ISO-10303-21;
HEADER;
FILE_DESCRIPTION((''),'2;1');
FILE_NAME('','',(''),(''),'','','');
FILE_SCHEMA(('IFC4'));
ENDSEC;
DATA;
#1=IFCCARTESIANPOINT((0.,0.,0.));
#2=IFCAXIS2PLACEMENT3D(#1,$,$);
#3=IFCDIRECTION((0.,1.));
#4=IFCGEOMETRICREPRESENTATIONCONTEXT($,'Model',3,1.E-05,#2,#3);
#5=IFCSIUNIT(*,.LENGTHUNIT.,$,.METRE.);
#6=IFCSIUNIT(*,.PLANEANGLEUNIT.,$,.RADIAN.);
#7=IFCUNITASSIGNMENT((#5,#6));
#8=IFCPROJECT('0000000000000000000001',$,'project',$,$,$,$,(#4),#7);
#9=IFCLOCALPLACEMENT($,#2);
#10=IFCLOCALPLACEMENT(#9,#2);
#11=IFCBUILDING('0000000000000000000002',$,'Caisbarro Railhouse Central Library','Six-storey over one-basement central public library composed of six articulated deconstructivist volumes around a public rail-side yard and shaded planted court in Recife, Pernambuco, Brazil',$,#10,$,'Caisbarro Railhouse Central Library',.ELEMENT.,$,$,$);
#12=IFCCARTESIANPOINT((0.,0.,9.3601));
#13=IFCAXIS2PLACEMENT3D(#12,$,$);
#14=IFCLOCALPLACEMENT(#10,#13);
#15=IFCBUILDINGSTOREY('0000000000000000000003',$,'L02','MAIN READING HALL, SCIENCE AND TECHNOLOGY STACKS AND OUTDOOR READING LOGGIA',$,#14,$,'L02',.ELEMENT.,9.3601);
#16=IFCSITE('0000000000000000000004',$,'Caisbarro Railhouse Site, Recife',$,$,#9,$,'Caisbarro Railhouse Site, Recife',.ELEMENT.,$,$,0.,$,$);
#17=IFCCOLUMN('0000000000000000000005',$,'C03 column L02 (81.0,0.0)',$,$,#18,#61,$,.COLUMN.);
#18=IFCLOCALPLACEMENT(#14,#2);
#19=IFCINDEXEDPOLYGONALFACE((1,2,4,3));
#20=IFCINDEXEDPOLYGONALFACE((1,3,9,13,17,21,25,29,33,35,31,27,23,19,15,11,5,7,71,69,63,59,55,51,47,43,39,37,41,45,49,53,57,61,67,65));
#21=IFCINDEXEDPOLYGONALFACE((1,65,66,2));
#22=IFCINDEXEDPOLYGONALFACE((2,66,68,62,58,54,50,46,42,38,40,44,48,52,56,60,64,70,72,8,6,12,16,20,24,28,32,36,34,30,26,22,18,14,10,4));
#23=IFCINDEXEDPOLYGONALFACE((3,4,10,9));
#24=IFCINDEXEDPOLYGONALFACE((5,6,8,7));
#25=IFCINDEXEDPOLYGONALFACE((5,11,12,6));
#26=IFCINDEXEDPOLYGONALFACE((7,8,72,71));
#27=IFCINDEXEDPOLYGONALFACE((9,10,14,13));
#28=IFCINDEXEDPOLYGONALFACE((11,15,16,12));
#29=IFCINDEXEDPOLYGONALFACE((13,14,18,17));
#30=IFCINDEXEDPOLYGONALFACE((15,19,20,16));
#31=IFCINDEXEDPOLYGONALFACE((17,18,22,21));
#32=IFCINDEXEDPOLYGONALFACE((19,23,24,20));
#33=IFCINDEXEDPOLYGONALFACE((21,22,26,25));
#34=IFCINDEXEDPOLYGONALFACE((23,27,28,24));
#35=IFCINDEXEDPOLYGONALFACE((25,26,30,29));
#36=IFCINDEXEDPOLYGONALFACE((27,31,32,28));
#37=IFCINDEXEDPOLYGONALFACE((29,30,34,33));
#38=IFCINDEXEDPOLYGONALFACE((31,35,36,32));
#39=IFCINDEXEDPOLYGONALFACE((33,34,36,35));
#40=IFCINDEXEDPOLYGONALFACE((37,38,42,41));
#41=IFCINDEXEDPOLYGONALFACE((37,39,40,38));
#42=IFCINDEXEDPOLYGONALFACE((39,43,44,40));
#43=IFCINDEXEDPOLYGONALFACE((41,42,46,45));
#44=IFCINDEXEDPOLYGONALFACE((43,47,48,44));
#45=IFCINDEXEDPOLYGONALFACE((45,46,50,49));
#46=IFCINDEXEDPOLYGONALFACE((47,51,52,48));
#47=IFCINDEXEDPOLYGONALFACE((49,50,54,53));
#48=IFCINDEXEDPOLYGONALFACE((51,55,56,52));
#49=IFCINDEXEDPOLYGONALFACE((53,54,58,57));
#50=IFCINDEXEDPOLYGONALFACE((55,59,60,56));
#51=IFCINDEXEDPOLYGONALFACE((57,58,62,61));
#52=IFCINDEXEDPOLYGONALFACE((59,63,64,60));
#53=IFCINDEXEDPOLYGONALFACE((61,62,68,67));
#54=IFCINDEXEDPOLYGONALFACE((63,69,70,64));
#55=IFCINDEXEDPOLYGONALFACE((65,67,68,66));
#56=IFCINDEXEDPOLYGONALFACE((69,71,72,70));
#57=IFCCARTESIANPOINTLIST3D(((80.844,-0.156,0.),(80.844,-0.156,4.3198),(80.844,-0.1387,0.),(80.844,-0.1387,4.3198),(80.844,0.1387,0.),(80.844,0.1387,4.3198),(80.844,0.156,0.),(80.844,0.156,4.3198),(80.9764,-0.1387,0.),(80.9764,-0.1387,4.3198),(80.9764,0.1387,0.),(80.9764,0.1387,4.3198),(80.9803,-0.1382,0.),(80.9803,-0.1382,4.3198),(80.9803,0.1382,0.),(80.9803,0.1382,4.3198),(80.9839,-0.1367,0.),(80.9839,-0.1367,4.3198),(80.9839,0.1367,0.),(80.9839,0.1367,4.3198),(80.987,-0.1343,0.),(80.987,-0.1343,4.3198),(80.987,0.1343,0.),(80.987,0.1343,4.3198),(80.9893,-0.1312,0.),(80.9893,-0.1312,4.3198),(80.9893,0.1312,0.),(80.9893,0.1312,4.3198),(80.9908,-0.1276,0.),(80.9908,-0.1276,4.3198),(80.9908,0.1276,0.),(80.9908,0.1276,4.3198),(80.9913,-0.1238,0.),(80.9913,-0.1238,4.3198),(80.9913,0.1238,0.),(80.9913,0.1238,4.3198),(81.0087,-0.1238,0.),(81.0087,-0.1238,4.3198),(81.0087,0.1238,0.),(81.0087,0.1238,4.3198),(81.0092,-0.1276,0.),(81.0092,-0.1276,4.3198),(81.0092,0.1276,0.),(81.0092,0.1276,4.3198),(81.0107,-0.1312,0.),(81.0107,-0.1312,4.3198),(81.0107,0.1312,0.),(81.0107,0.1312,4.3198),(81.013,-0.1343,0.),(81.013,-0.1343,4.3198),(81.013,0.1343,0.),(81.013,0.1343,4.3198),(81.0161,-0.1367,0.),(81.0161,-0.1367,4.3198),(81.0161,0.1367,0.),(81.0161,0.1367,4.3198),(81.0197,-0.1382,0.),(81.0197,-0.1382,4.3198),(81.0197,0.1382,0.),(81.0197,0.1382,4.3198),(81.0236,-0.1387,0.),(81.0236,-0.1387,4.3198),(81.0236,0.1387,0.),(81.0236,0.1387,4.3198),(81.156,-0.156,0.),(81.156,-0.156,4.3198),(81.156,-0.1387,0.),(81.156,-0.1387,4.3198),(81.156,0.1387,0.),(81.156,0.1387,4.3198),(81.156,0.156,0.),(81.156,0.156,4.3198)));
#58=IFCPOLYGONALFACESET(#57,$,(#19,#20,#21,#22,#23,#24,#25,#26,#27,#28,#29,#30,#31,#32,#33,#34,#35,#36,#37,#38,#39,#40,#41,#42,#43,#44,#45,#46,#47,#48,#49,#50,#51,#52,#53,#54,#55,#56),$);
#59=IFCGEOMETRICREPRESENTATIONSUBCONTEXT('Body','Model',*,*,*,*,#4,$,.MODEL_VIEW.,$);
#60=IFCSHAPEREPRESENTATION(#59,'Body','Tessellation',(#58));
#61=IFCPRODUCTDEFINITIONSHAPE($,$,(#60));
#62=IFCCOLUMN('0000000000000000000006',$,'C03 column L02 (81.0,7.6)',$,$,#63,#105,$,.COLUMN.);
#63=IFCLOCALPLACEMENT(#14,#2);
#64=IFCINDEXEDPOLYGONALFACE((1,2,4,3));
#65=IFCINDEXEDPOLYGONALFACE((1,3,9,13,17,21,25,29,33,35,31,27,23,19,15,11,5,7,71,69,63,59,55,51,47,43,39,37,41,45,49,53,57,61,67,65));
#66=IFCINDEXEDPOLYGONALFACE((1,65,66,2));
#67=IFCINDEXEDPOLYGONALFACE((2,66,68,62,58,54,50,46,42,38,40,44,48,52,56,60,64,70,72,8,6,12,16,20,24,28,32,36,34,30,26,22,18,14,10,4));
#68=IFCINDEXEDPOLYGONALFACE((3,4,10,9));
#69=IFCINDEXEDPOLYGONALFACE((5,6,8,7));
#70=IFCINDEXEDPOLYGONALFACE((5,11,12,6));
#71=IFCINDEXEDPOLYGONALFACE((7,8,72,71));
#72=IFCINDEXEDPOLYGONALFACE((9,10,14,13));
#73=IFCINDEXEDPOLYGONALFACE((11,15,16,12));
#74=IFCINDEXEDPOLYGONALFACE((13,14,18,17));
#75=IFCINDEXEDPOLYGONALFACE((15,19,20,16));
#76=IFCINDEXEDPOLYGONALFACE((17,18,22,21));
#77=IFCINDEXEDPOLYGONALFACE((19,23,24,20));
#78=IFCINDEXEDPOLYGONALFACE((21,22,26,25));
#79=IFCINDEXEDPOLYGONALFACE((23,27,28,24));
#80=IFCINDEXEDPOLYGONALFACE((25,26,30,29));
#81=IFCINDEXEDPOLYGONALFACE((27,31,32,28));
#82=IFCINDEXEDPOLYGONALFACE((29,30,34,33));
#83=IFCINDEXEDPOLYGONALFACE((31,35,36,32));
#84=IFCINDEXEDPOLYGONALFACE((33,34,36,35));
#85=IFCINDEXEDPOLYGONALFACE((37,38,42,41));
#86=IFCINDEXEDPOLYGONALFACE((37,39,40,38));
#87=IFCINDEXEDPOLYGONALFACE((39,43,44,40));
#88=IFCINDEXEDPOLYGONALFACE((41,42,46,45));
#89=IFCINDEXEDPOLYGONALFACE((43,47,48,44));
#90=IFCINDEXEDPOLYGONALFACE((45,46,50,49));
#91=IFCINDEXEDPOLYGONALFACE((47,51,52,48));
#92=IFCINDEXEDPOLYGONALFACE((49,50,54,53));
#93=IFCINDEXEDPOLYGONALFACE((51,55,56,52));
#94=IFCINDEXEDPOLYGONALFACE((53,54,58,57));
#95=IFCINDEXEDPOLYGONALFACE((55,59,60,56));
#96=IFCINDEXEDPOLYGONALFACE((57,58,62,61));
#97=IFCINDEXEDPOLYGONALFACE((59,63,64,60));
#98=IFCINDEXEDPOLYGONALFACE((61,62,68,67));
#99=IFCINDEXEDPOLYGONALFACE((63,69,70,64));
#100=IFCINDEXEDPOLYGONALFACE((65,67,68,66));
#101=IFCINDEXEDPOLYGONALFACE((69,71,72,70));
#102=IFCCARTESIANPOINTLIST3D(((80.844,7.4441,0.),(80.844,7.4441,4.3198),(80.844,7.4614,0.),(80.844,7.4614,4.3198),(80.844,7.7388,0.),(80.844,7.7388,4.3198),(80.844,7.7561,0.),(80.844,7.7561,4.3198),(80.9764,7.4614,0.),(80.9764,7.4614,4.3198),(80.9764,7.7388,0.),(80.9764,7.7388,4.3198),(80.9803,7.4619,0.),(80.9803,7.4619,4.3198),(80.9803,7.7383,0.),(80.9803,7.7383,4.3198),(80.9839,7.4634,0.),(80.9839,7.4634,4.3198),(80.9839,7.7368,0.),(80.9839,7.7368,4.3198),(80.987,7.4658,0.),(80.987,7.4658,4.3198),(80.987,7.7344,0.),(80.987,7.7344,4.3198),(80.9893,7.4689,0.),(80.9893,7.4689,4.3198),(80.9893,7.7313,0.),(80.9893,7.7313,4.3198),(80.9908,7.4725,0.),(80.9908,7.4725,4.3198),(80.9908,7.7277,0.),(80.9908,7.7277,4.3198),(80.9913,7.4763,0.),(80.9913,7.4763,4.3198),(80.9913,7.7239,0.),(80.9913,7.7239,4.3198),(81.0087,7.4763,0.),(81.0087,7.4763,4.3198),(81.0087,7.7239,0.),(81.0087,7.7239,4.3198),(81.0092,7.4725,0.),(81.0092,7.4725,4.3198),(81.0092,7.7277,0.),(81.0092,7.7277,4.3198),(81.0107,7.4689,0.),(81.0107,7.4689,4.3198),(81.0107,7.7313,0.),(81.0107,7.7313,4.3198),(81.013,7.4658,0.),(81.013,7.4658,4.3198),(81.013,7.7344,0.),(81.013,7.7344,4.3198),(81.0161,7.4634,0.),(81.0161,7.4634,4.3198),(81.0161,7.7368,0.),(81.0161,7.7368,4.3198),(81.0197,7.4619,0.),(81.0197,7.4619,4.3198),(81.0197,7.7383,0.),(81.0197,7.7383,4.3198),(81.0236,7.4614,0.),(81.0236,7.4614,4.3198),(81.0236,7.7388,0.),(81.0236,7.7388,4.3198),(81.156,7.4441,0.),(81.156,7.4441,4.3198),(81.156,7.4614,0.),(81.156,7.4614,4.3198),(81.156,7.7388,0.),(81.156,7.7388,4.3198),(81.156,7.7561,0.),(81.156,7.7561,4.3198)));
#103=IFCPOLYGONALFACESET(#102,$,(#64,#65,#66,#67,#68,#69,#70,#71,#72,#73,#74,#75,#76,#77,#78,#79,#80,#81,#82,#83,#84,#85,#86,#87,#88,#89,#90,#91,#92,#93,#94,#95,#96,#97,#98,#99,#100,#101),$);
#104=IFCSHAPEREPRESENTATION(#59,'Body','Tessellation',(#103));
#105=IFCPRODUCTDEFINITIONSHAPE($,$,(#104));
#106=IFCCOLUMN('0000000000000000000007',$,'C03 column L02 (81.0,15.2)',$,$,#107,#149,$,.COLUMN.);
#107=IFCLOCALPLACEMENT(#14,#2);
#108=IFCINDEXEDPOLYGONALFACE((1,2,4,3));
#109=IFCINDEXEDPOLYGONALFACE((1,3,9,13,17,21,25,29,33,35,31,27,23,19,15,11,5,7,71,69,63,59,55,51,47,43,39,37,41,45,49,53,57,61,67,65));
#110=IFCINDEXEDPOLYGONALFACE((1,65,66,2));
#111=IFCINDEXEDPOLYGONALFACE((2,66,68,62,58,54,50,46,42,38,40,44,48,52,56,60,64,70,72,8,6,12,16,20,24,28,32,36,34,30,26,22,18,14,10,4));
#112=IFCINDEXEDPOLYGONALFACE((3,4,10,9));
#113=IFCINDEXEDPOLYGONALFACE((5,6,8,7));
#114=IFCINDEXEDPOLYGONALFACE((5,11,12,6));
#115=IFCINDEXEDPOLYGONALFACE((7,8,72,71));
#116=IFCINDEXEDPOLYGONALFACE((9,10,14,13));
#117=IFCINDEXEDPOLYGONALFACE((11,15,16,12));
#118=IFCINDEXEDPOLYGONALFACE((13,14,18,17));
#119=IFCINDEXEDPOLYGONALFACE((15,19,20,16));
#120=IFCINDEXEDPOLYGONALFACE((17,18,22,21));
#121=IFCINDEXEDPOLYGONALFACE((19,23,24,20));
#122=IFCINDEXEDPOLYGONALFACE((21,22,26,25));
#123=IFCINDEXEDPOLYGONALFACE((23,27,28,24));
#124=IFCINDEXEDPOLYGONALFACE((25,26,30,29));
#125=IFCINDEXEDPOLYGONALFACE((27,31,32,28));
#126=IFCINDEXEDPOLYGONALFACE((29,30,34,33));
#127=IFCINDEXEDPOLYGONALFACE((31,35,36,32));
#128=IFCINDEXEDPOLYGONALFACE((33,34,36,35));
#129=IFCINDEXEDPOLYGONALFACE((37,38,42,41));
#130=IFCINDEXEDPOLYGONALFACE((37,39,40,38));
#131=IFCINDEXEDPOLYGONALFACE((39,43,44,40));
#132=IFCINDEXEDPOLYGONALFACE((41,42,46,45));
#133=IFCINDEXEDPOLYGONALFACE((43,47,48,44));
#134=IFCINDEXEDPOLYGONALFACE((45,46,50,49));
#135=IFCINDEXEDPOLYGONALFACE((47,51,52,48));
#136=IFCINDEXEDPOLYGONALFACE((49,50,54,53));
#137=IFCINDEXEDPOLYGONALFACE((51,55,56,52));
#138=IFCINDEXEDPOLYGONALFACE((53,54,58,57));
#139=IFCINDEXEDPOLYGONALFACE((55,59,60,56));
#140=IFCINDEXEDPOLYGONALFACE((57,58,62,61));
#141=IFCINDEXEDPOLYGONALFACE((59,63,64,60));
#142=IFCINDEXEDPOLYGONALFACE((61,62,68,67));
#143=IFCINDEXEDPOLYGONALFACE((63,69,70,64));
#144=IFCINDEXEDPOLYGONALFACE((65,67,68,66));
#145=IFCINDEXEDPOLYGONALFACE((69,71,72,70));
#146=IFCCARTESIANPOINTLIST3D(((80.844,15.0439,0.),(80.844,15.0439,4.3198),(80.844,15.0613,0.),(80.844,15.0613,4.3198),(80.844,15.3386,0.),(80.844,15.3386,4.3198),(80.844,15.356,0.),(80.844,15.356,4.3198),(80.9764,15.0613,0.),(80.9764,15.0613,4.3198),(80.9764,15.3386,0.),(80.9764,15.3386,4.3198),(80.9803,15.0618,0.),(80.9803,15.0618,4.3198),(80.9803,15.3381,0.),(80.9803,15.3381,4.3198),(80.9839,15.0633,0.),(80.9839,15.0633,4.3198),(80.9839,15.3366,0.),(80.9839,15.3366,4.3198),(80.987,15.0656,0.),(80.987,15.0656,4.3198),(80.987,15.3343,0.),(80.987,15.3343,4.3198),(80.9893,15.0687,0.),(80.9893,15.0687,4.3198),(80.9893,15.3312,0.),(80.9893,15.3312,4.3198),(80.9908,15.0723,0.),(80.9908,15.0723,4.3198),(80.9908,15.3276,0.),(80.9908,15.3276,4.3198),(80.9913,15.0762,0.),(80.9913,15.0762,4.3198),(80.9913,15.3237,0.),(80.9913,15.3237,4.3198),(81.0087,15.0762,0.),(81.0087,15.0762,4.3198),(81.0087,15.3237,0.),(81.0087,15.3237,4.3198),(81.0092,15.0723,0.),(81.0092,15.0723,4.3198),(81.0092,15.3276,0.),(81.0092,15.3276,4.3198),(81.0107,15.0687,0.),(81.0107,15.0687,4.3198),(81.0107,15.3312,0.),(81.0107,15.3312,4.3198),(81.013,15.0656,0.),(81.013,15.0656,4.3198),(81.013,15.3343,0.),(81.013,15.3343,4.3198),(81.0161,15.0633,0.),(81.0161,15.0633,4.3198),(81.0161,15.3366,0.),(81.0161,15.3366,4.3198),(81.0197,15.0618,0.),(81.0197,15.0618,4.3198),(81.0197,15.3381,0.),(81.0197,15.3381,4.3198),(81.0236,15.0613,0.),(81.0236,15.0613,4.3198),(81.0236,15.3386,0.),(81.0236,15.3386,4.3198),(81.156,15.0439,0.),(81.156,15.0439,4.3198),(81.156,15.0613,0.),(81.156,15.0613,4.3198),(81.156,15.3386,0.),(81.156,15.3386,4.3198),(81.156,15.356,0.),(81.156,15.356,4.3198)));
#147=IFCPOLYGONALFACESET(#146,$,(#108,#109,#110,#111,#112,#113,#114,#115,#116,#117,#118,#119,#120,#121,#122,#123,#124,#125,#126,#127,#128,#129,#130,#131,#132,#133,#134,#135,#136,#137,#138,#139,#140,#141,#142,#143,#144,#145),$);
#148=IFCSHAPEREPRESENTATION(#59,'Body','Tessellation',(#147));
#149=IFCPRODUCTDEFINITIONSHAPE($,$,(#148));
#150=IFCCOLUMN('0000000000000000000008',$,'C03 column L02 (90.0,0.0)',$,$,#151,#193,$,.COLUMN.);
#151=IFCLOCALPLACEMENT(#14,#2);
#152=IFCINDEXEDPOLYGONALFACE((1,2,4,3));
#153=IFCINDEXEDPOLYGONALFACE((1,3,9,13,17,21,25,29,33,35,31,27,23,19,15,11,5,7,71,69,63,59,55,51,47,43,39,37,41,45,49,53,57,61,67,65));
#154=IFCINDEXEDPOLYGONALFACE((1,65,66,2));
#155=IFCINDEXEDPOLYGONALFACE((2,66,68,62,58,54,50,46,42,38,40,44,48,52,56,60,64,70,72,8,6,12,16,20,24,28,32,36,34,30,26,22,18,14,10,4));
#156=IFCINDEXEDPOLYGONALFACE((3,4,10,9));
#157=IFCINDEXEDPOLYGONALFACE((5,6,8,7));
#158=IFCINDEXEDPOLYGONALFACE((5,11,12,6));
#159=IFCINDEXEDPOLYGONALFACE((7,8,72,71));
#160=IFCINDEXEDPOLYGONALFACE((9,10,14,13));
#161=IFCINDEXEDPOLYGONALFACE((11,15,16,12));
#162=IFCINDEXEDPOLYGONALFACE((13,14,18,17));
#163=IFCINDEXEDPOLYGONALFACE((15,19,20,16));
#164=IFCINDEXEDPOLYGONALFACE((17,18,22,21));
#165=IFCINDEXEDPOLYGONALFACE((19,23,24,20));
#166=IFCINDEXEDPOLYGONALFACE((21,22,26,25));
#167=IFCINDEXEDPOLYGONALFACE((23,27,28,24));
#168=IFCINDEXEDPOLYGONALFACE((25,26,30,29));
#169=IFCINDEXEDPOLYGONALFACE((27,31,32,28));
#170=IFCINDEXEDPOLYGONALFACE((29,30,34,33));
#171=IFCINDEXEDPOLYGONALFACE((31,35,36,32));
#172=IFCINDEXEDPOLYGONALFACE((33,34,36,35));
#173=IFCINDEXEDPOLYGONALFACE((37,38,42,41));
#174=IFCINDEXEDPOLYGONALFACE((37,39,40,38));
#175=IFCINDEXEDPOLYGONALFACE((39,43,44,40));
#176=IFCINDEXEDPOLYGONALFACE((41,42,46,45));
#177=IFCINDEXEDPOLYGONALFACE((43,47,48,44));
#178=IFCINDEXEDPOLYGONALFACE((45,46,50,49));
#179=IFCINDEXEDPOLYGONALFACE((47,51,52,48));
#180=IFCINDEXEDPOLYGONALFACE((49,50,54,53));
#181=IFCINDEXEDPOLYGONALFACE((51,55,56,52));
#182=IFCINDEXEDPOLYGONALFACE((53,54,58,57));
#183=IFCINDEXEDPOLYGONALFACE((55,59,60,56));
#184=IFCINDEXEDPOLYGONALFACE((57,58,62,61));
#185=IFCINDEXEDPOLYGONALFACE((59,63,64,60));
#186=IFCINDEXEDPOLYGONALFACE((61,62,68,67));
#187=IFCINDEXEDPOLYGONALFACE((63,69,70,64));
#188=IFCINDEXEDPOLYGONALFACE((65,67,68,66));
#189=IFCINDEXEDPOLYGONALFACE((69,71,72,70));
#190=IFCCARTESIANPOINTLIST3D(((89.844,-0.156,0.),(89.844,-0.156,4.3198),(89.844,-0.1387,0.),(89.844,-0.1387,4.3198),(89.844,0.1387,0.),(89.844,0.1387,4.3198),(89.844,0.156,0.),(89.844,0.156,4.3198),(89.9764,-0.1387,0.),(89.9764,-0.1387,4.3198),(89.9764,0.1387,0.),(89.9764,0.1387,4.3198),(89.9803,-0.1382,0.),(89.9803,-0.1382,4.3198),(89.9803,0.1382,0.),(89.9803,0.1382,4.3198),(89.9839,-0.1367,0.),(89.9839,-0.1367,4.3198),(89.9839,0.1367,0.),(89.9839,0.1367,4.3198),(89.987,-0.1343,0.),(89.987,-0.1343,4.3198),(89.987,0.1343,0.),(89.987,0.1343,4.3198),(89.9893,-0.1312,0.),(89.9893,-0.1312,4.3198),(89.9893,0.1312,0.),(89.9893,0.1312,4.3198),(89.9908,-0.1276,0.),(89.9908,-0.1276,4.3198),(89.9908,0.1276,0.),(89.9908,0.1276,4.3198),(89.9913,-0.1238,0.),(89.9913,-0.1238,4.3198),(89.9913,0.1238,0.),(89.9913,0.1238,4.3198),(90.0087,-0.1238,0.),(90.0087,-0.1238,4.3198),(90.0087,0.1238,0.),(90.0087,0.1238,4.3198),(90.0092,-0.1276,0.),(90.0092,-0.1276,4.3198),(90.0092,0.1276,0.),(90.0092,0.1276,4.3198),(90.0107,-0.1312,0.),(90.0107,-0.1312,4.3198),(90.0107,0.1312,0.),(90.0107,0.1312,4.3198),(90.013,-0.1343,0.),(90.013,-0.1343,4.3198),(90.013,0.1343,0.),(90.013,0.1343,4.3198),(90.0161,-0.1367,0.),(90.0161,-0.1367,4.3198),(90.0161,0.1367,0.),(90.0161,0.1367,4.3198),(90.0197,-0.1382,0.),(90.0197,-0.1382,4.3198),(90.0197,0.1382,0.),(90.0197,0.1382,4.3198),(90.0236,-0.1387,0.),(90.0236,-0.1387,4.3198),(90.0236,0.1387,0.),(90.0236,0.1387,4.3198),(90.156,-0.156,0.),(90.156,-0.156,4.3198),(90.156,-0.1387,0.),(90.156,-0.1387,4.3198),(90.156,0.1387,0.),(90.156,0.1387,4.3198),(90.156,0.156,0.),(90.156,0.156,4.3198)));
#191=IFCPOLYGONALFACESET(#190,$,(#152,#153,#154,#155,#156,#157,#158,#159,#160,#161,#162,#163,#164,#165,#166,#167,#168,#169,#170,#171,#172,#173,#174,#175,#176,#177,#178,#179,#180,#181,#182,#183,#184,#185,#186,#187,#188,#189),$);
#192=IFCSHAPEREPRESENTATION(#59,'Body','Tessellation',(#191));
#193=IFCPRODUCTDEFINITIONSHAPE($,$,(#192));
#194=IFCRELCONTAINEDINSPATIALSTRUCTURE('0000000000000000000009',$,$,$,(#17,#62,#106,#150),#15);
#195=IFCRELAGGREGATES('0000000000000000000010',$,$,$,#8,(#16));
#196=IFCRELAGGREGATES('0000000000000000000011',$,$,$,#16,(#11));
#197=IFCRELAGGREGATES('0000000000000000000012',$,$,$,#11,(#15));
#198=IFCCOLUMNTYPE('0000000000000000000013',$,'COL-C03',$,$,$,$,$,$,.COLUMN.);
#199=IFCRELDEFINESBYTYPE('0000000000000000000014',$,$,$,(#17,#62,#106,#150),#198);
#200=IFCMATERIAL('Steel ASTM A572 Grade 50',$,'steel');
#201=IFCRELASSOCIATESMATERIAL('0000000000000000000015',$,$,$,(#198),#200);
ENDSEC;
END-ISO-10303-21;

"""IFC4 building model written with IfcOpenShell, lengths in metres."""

from ifc_helpers import new_model, si_unit, direction, frame, origin, origin_2d, place, context, subcontext, project, spatial, i_section, extrude, material, material_profile, profile_set, type_object, element, save


model = new_model("IFC4")

# Units and contexts
model_context = context("Model", 3, precision=1e-05, world=origin(), true_north=direction((0.0, 1.0)))
body_context = subcontext(model_context, "Body", "Model", "MODEL_VIEW")
ifc_project = project(units=[si_unit("LENGTHUNIT", "METRE"), si_unit("PLANEANGLEUNIT", "RADIAN")], contexts=[model_context])

# Site, building, storey
site_placement = place(None, origin())
site = spatial("IfcSite", under=ifc_project, at=site_placement, Name="Caisbarro Railhouse Site, Recife", LongName="Caisbarro Railhouse Site, Recife", CompositionType="ELEMENT", RefElevation=0.0)
building_placement = place(site_placement, origin())
building = spatial("IfcBuilding", under=site, at=building_placement, Name="Caisbarro Railhouse Central Library", Description="Six-storey over one-basement central public library composed of six articulated deconstructivist volumes around a public rail-side yard and shaded planted court in Recife, Pernambuco, Brazil", LongName="Caisbarro Railhouse Central Library", CompositionType="ELEMENT")
storey_placement = place(building_placement, frame((0.0, 0.0, 9.3601)))
storey = spatial("IfcBuildingStorey", under=building, at=storey_placement, Name="L02", Description="MAIN READING HALL, SCIENCE AND TECHNOLOGY STACKS AND OUTDOOR READING LOGGIA", LongName="L02", CompositionType="ELEMENT", Elevation=9.3601)

# Columns
ifc_material_1 = material(Name="Steel ASTM A572 Grade 50", Category="steel")
ifc_material_profile_1 = material_profile(ifc_material_1, i_section(OverallWidth=0.312, OverallDepth=0.312, WebThickness=0.0173, FlangeThickness=0.0173, FilletRadius=0.0149, at=origin_2d()), Name="HP310X125.0")
ifc_profile_set_1 = profile_set([ifc_material_profile_1], Name="Steel ASTM A572 Grade 50")
column_type = type_object("IfcColumnType", Name="COL-C03", PredefinedType="COLUMN", material=ifc_profile_set_1)
for number, where, z_axis, x_axis, name in (
    (1, (81.0, 0.0, 0.0), (0.0, 0.0, 1.0), (1.0, 0.0, 0.0), "C03 column L02 (81.0,0.0)"),
    (2, (81.0, 7.6001, 0.0), (0.0, 0.0, 1.0), (1.0, 0.0, 0.0), "C03 column L02 (81.0,7.6)"),
    (3, (81.0, 15.2, 0.0), (0.0, 0.0, 1.0), (1.0, 0.0, 0.0), "C03 column L02 (81.0,15.2)"),
    (4, (90.0, 0.0, 0.0), (0.0, 0.0, 1.0), (1.0, 0.0, 0.0), "C03 column L02 (90.0,0.0)"),
):
    element("IfcColumn", number, at=place(storey_placement, frame(where, z_axis=z_axis, x_axis=x_axis)), inside=storey, type_object=column_type, Name=name, PredefinedType="COLUMN", context=body_context, shape_type="SweptSolid", body=[
        extrude(i_section(OverallWidth=0.312, OverallDepth=0.312, WebThickness=0.0173, FlangeThickness=0.0173, FilletRadius=0.0149, at=origin_2d()), origin(), (0.0, 0.0, 1.0), 4.3198),
    ])

save(model, "model.ifc")
